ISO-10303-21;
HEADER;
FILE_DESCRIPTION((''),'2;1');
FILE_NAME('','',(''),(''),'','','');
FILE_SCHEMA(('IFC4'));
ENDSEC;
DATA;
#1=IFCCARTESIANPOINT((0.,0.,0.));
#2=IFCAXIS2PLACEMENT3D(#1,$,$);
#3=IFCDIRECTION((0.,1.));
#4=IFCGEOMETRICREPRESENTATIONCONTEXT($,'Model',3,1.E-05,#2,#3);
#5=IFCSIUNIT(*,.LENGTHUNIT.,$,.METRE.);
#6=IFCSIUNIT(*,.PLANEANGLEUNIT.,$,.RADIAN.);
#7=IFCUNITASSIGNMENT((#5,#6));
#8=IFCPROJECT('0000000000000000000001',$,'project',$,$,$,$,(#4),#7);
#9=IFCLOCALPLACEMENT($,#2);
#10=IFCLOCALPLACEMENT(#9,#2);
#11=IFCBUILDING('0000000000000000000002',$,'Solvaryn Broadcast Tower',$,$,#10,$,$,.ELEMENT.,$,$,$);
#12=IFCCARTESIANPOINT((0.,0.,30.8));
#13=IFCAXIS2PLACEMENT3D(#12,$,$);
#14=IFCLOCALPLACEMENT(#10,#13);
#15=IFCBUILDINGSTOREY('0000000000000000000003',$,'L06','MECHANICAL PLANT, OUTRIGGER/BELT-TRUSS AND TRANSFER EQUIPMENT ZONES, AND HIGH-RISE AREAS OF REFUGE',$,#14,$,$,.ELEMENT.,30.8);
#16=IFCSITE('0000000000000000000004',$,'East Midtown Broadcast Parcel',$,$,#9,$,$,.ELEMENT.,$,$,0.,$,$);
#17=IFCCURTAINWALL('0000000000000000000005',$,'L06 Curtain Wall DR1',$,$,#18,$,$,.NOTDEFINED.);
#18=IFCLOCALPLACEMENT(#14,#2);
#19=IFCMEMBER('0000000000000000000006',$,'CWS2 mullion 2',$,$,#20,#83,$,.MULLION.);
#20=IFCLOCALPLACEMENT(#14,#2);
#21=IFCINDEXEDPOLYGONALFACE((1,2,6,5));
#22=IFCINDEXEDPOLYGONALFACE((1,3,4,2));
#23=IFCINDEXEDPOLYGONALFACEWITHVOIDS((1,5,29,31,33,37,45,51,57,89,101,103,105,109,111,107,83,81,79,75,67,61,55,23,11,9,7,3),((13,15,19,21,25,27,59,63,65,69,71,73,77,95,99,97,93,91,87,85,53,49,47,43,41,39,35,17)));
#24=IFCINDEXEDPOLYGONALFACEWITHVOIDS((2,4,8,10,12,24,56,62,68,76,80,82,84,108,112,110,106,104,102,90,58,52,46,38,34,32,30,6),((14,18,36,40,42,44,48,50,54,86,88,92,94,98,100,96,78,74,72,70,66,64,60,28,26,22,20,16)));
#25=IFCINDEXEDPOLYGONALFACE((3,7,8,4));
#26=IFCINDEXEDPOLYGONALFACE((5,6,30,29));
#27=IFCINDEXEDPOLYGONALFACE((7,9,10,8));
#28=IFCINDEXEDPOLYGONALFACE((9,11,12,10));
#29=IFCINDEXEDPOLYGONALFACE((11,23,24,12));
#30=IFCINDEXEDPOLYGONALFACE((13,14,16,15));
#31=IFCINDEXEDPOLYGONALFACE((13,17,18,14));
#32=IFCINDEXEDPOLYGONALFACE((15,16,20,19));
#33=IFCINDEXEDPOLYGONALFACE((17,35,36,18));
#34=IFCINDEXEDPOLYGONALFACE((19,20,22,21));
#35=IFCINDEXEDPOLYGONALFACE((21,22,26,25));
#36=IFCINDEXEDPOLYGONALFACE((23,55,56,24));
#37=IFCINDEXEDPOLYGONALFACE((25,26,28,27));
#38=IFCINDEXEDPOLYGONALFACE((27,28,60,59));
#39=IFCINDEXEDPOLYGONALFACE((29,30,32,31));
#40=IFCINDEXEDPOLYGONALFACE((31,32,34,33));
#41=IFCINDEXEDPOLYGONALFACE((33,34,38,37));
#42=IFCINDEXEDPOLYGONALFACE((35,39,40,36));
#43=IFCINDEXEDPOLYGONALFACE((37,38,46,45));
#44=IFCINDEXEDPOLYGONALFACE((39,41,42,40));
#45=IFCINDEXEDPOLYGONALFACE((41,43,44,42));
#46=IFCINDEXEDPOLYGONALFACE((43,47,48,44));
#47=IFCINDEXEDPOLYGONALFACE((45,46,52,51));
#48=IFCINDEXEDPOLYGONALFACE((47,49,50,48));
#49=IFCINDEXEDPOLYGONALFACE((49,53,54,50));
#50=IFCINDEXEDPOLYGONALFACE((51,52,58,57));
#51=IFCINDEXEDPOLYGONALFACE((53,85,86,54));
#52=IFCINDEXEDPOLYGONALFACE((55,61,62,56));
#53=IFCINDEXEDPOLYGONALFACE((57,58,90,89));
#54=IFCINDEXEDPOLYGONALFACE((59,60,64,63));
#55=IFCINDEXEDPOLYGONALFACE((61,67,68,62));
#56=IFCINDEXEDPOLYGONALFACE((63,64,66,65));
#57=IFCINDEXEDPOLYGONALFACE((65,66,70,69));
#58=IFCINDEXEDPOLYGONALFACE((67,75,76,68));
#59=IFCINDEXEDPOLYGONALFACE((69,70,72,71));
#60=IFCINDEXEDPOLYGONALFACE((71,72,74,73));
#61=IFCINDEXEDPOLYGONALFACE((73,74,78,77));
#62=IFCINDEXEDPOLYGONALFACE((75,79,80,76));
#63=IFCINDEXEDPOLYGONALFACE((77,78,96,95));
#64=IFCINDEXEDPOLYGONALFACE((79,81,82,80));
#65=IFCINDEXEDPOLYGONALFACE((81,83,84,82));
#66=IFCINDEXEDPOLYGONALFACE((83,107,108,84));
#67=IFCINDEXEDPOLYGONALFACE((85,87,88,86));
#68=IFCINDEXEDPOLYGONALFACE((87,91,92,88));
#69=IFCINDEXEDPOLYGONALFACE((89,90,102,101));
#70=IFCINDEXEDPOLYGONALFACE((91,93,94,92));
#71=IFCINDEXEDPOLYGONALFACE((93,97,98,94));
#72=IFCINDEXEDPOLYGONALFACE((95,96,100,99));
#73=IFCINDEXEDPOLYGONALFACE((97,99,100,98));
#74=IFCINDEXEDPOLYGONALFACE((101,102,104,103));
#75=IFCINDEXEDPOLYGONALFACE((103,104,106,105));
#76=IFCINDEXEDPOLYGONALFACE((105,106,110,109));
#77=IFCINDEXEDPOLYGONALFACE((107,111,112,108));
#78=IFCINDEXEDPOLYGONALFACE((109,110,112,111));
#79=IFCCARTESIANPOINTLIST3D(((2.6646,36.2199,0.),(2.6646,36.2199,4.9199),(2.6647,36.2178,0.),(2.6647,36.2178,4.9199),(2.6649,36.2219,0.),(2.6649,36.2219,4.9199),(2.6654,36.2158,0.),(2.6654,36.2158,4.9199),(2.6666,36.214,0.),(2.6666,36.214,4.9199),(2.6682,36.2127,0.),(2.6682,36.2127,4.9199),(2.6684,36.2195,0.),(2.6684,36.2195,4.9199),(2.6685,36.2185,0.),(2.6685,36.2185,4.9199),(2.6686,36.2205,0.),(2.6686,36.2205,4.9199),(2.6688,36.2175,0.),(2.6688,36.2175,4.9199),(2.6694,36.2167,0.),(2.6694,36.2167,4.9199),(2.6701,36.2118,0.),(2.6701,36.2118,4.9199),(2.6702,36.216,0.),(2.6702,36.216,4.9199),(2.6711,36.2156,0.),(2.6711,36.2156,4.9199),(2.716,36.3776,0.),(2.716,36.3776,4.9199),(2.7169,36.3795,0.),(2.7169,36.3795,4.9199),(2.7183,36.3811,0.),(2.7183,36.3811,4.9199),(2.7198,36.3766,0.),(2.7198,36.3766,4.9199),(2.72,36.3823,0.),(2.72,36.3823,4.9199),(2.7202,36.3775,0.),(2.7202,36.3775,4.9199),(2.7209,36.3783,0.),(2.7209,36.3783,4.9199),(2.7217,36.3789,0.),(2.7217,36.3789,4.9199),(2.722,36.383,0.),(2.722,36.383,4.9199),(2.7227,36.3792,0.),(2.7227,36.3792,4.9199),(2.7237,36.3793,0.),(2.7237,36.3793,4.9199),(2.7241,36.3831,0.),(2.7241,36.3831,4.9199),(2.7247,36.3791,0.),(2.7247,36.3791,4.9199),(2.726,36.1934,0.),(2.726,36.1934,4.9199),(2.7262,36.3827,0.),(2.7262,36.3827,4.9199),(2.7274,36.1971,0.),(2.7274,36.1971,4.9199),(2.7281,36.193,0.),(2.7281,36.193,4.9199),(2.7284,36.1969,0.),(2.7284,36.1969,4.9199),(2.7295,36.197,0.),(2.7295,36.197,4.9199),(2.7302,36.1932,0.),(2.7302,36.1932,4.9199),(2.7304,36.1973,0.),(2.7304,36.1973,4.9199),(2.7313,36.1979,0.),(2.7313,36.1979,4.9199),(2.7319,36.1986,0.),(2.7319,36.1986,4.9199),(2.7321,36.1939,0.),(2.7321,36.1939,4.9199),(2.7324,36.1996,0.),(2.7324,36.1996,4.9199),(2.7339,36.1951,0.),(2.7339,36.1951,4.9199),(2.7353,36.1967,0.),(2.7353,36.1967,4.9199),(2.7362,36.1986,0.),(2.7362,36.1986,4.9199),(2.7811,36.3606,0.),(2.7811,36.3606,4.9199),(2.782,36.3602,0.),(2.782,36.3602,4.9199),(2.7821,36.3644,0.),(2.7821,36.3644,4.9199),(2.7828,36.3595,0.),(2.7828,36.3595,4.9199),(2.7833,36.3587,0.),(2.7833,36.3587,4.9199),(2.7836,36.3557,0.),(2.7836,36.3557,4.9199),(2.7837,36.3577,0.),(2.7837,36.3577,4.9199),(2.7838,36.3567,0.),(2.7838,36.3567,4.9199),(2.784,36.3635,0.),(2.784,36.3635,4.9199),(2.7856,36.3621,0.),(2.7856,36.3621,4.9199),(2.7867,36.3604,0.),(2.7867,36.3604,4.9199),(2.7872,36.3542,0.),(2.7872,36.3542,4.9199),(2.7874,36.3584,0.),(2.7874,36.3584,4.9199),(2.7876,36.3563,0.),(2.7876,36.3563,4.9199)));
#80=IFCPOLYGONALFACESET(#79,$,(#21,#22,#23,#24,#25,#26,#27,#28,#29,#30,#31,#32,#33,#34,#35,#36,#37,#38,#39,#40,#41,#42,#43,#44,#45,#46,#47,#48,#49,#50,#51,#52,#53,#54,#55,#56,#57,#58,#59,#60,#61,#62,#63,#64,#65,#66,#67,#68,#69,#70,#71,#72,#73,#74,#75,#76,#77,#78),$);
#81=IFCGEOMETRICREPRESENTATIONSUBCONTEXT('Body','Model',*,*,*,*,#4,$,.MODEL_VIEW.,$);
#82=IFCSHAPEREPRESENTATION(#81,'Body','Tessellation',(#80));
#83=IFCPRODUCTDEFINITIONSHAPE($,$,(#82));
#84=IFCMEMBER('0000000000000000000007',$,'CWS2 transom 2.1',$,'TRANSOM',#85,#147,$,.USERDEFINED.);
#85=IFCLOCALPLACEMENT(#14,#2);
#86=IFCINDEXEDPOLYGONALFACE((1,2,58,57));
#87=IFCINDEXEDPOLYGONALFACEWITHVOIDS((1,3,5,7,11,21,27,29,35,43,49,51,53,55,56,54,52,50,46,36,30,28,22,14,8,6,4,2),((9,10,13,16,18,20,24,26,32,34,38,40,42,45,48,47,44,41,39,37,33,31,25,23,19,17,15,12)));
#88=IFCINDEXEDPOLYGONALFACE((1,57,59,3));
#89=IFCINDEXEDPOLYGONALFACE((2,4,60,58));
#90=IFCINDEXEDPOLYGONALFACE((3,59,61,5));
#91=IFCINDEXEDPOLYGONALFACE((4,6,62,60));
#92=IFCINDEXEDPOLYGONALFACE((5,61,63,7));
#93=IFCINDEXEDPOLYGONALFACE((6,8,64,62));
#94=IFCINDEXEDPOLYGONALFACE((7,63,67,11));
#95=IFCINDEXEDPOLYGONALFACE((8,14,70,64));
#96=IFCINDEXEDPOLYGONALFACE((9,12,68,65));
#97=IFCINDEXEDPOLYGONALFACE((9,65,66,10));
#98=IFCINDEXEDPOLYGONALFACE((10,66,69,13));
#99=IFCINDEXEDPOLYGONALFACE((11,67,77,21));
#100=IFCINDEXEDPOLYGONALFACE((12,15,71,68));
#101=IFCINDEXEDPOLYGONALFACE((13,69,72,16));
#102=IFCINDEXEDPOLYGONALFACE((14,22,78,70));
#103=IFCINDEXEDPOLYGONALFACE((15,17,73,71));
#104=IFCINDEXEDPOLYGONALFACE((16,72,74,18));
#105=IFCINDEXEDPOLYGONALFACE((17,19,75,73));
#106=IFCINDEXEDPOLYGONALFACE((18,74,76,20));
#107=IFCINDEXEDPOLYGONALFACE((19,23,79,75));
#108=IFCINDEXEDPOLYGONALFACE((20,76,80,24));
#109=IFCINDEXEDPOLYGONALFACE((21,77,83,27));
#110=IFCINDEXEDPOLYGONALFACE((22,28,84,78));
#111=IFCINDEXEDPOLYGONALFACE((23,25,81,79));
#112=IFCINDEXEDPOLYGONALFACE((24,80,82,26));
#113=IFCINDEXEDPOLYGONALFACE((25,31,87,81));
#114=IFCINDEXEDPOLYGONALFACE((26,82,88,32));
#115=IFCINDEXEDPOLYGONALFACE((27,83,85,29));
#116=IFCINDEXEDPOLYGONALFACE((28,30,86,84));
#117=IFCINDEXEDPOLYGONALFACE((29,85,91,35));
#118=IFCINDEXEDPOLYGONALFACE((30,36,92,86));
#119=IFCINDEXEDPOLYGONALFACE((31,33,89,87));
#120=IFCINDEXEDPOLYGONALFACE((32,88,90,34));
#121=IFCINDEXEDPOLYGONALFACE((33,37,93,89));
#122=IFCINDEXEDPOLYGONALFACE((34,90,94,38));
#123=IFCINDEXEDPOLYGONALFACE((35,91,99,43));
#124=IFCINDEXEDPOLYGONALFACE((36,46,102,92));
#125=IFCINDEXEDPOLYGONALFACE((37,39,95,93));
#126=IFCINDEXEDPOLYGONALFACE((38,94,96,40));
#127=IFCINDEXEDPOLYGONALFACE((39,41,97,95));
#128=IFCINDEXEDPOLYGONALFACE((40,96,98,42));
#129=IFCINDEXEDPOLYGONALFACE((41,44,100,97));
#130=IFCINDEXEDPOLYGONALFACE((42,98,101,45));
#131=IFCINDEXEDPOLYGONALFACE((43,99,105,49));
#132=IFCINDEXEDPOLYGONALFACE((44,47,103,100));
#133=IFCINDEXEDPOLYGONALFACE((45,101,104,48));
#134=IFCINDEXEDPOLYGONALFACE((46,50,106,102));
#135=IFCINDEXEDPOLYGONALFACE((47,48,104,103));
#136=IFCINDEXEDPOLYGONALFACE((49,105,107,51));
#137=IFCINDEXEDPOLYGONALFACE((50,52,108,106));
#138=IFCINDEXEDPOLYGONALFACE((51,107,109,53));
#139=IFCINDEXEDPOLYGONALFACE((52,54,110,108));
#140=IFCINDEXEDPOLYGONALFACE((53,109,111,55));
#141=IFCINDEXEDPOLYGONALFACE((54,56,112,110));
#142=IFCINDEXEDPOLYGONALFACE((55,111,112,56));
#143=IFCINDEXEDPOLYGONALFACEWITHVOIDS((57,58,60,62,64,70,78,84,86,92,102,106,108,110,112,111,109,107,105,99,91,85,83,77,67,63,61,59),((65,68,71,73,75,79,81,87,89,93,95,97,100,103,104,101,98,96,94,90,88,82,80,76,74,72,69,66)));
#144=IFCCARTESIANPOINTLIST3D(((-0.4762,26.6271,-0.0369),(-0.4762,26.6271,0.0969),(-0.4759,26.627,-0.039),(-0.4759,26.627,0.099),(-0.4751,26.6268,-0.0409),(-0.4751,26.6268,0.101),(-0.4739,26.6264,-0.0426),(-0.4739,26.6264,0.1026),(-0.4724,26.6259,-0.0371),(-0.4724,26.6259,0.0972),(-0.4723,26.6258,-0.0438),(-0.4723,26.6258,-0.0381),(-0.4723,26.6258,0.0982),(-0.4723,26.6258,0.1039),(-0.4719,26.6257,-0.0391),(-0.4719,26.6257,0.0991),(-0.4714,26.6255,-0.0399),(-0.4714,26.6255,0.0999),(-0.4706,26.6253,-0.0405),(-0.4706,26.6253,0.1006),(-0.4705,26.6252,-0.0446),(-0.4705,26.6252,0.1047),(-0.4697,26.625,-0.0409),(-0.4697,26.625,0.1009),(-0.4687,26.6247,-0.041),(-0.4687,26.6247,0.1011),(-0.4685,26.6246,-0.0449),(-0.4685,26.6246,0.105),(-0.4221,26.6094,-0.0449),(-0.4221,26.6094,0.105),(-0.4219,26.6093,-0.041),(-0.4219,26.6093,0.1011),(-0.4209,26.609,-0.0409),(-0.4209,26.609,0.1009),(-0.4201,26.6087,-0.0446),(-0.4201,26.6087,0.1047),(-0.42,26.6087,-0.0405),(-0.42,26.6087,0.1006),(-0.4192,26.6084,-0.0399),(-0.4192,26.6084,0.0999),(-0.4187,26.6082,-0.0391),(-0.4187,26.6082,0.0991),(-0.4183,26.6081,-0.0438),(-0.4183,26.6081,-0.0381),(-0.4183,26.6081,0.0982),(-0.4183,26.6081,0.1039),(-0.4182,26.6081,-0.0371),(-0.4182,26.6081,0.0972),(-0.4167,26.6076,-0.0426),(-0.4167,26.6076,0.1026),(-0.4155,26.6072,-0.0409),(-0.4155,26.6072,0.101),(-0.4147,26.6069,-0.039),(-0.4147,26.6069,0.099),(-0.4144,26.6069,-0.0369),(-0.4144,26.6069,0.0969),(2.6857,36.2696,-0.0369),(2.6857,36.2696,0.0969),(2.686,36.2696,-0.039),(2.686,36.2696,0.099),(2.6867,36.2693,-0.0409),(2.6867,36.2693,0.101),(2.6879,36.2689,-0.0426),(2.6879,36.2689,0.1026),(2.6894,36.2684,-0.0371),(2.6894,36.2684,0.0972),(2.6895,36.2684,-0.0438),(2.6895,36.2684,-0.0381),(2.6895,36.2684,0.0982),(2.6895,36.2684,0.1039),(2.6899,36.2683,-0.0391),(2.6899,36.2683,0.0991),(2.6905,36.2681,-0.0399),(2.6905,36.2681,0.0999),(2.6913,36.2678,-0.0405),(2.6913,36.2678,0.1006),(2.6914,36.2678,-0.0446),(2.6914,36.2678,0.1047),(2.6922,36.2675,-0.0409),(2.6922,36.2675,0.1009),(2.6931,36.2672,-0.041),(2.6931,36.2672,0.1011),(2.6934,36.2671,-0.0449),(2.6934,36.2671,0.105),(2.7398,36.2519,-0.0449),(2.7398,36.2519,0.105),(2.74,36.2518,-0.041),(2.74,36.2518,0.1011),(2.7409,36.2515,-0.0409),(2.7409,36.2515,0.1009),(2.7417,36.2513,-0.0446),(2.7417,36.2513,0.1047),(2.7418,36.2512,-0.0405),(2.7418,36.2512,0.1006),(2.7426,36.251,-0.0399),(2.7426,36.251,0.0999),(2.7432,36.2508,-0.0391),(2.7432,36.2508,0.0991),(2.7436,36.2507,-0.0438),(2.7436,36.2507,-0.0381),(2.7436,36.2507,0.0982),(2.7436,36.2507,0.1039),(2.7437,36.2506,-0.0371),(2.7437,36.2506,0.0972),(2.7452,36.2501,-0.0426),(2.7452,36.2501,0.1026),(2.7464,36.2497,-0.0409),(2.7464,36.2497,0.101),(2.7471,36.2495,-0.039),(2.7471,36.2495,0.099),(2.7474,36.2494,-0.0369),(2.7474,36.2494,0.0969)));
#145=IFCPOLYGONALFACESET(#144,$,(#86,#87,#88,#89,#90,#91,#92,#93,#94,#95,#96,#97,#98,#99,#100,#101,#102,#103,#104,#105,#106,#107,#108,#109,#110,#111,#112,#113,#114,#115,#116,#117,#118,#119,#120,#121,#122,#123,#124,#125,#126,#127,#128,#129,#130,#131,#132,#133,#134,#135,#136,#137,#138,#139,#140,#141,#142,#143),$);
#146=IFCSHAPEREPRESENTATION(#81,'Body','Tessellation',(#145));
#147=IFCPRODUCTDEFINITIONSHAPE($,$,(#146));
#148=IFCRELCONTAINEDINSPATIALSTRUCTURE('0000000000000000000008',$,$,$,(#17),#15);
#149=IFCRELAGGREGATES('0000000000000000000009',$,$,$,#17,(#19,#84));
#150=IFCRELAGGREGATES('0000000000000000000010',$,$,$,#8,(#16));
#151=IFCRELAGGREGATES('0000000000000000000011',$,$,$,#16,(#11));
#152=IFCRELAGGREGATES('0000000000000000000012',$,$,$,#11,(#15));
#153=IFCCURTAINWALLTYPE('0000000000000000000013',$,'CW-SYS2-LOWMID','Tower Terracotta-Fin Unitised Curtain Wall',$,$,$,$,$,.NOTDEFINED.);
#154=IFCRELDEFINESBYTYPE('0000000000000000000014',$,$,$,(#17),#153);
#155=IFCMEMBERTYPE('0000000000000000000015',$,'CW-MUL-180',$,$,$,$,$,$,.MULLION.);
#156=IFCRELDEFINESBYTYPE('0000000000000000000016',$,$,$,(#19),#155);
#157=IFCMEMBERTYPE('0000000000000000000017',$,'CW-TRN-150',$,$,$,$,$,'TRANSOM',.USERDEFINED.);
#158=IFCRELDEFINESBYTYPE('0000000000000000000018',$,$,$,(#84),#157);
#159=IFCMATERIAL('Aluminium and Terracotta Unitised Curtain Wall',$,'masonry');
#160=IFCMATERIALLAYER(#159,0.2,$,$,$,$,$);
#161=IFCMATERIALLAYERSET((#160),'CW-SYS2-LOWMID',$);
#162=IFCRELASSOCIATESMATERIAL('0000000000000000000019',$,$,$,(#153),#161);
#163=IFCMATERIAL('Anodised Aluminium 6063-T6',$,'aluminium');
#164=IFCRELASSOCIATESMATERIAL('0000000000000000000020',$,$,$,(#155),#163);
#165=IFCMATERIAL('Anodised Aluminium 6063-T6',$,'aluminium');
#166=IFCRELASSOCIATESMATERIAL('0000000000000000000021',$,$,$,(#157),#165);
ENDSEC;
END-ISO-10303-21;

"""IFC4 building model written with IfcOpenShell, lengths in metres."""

from ifc_helpers import new_model, si_unit, direction, frame, origin, origin_2d, place, context, subcontext, project, spatial, hollow_rectangle, extrude, material, layer, layer_set, material_profile, profile_set, type_object, element, aggregate, save


model = new_model("IFC4")

# Units and contexts
model_context = context("Model", 3, precision=1e-05, world=origin(), true_north=direction((0.0, 1.0)))
body_context = subcontext(model_context, "Body", "Model", "MODEL_VIEW")
ifc_project = project(units=[si_unit("LENGTHUNIT", "METRE"), si_unit("PLANEANGLEUNIT", "RADIAN")], contexts=[model_context])

# Site, building, storey
site_placement = place(None, origin())
site = spatial("IfcSite", under=ifc_project, at=site_placement, Name="East Midtown Broadcast Parcel", CompositionType="ELEMENT", RefElevation=0.0)
building_placement = place(site_placement, origin())
building = spatial("IfcBuilding", under=site, at=building_placement, Name="Solvaryn Broadcast Tower", CompositionType="ELEMENT")
storey_placement = place(building_placement, frame((0.0, 0.0, 30.8)))
storey = spatial("IfcBuildingStorey", under=building, at=storey_placement, Name="L06", Description="MECHANICAL PLANT, OUTRIGGER/BELT-TRUSS AND TRANSFER EQUIPMENT ZONES, AND HIGH-RISE AREAS OF REFUGE", CompositionType="ELEMENT", Elevation=30.8)

# Curtain wall, members
ifc_material_1 = material(Name="Aluminium and Terracotta Unitised Curtain Wall", Category="masonry")
ifc_layer_1 = layer(ifc_material_1, 0.2)
ifc_layer_set_1 = layer_set([ifc_layer_1], Name="CW-SYS2-LOWMID")
curtain_wall_type = type_object("IfcCurtainWallType", Name="CW-SYS2-LOWMID", Description="Tower Terracotta-Fin Unitised Curtain Wall", PredefinedType="NOTDEFINED", material=ifc_layer_set_1)
curtain_wall_placement = place(storey_placement, origin())
curtain_wall = element("IfcCurtainWall", 1, at=curtain_wall_placement, inside=storey, type_object=curtain_wall_type, Name="L06 Curtain Wall DR1", PredefinedType="NOTDEFINED")
ifc_material_2 = material(Name="Anodised Aluminium 6063-T6", Category="aluminium")
ifc_material_profile_1 = material_profile(ifc_material_2, hollow_rectangle(XDim=0.075, YDim=0.1799, WallThickness=0.0039, InnerFilletRadius=0.0039, OuterFilletRadius=0.0081, at=origin_2d()))
ifc_profile_set_1 = profile_set([ifc_material_profile_1], Name="Anodised Aluminium 6063-T6")
member_type_1 = type_object("IfcMemberType", Name="CW-MUL-180", PredefinedType="MULLION", material=ifc_profile_set_1)
member_1_placement = place(storey_placement, frame((2.7261, 36.2881, 0.0), z_axis=(0.0, 0.0, 1.0), x_axis=(0.950215, -0.311594, 0.0)))
member_1 = element("IfcMember", 2, at=member_1_placement, type_object=member_type_1, Name="CWS2 mullion 2", PredefinedType="MULLION", context=body_context, shape_type="SweptSolid", body=[
    extrude(hollow_rectangle(XDim=0.075, YDim=0.1799, WallThickness=0.0039, InnerFilletRadius=0.0039, OuterFilletRadius=0.0081, at=origin_2d()), origin(), (0.0, 0.0, 1.0), 4.9199),
])
ifc_material_3 = material(Name="Anodised Aluminium 6063-T6", Category="aluminium")
ifc_material_profile_2 = material_profile(ifc_material_3, hollow_rectangle(XDim=0.0649, YDim=0.1499, WallThickness=0.0039, InnerFilletRadius=0.0039, OuterFilletRadius=0.0081, at=origin_2d()))
ifc_profile_set_2 = profile_set([ifc_material_profile_2], Name="Anodised Aluminium 6063-T6")
member_type_2 = type_object("IfcMemberType", Name="CW-TRN-150", ElementType="TRANSOM", PredefinedType="USERDEFINED", material=ifc_profile_set_2)
member_2_placement = place(storey_placement, frame((2.7166, 36.2595, 0.03), z_axis=(-0.311583, -0.950219, 0.0), x_axis=(0.950219, -0.311583, 0.0)))
member_2 = element("IfcMember", 3, at=member_2_placement, type_object=member_type_2, Name="CWS2 transom 2.1", ObjectType="TRANSOM", PredefinedType="USERDEFINED", context=body_context, shape_type="SweptSolid", body=[
    extrude(hollow_rectangle(XDim=0.0649, YDim=0.1499, WallThickness=0.0039, InnerFilletRadius=0.0039, OuterFilletRadius=0.0081, at=origin_2d()), origin(), (0.0, 0.0, 1.0), 10.1477),
])

aggregate(curtain_wall, [member_1, member_2])

save(model, "model.ifc")
